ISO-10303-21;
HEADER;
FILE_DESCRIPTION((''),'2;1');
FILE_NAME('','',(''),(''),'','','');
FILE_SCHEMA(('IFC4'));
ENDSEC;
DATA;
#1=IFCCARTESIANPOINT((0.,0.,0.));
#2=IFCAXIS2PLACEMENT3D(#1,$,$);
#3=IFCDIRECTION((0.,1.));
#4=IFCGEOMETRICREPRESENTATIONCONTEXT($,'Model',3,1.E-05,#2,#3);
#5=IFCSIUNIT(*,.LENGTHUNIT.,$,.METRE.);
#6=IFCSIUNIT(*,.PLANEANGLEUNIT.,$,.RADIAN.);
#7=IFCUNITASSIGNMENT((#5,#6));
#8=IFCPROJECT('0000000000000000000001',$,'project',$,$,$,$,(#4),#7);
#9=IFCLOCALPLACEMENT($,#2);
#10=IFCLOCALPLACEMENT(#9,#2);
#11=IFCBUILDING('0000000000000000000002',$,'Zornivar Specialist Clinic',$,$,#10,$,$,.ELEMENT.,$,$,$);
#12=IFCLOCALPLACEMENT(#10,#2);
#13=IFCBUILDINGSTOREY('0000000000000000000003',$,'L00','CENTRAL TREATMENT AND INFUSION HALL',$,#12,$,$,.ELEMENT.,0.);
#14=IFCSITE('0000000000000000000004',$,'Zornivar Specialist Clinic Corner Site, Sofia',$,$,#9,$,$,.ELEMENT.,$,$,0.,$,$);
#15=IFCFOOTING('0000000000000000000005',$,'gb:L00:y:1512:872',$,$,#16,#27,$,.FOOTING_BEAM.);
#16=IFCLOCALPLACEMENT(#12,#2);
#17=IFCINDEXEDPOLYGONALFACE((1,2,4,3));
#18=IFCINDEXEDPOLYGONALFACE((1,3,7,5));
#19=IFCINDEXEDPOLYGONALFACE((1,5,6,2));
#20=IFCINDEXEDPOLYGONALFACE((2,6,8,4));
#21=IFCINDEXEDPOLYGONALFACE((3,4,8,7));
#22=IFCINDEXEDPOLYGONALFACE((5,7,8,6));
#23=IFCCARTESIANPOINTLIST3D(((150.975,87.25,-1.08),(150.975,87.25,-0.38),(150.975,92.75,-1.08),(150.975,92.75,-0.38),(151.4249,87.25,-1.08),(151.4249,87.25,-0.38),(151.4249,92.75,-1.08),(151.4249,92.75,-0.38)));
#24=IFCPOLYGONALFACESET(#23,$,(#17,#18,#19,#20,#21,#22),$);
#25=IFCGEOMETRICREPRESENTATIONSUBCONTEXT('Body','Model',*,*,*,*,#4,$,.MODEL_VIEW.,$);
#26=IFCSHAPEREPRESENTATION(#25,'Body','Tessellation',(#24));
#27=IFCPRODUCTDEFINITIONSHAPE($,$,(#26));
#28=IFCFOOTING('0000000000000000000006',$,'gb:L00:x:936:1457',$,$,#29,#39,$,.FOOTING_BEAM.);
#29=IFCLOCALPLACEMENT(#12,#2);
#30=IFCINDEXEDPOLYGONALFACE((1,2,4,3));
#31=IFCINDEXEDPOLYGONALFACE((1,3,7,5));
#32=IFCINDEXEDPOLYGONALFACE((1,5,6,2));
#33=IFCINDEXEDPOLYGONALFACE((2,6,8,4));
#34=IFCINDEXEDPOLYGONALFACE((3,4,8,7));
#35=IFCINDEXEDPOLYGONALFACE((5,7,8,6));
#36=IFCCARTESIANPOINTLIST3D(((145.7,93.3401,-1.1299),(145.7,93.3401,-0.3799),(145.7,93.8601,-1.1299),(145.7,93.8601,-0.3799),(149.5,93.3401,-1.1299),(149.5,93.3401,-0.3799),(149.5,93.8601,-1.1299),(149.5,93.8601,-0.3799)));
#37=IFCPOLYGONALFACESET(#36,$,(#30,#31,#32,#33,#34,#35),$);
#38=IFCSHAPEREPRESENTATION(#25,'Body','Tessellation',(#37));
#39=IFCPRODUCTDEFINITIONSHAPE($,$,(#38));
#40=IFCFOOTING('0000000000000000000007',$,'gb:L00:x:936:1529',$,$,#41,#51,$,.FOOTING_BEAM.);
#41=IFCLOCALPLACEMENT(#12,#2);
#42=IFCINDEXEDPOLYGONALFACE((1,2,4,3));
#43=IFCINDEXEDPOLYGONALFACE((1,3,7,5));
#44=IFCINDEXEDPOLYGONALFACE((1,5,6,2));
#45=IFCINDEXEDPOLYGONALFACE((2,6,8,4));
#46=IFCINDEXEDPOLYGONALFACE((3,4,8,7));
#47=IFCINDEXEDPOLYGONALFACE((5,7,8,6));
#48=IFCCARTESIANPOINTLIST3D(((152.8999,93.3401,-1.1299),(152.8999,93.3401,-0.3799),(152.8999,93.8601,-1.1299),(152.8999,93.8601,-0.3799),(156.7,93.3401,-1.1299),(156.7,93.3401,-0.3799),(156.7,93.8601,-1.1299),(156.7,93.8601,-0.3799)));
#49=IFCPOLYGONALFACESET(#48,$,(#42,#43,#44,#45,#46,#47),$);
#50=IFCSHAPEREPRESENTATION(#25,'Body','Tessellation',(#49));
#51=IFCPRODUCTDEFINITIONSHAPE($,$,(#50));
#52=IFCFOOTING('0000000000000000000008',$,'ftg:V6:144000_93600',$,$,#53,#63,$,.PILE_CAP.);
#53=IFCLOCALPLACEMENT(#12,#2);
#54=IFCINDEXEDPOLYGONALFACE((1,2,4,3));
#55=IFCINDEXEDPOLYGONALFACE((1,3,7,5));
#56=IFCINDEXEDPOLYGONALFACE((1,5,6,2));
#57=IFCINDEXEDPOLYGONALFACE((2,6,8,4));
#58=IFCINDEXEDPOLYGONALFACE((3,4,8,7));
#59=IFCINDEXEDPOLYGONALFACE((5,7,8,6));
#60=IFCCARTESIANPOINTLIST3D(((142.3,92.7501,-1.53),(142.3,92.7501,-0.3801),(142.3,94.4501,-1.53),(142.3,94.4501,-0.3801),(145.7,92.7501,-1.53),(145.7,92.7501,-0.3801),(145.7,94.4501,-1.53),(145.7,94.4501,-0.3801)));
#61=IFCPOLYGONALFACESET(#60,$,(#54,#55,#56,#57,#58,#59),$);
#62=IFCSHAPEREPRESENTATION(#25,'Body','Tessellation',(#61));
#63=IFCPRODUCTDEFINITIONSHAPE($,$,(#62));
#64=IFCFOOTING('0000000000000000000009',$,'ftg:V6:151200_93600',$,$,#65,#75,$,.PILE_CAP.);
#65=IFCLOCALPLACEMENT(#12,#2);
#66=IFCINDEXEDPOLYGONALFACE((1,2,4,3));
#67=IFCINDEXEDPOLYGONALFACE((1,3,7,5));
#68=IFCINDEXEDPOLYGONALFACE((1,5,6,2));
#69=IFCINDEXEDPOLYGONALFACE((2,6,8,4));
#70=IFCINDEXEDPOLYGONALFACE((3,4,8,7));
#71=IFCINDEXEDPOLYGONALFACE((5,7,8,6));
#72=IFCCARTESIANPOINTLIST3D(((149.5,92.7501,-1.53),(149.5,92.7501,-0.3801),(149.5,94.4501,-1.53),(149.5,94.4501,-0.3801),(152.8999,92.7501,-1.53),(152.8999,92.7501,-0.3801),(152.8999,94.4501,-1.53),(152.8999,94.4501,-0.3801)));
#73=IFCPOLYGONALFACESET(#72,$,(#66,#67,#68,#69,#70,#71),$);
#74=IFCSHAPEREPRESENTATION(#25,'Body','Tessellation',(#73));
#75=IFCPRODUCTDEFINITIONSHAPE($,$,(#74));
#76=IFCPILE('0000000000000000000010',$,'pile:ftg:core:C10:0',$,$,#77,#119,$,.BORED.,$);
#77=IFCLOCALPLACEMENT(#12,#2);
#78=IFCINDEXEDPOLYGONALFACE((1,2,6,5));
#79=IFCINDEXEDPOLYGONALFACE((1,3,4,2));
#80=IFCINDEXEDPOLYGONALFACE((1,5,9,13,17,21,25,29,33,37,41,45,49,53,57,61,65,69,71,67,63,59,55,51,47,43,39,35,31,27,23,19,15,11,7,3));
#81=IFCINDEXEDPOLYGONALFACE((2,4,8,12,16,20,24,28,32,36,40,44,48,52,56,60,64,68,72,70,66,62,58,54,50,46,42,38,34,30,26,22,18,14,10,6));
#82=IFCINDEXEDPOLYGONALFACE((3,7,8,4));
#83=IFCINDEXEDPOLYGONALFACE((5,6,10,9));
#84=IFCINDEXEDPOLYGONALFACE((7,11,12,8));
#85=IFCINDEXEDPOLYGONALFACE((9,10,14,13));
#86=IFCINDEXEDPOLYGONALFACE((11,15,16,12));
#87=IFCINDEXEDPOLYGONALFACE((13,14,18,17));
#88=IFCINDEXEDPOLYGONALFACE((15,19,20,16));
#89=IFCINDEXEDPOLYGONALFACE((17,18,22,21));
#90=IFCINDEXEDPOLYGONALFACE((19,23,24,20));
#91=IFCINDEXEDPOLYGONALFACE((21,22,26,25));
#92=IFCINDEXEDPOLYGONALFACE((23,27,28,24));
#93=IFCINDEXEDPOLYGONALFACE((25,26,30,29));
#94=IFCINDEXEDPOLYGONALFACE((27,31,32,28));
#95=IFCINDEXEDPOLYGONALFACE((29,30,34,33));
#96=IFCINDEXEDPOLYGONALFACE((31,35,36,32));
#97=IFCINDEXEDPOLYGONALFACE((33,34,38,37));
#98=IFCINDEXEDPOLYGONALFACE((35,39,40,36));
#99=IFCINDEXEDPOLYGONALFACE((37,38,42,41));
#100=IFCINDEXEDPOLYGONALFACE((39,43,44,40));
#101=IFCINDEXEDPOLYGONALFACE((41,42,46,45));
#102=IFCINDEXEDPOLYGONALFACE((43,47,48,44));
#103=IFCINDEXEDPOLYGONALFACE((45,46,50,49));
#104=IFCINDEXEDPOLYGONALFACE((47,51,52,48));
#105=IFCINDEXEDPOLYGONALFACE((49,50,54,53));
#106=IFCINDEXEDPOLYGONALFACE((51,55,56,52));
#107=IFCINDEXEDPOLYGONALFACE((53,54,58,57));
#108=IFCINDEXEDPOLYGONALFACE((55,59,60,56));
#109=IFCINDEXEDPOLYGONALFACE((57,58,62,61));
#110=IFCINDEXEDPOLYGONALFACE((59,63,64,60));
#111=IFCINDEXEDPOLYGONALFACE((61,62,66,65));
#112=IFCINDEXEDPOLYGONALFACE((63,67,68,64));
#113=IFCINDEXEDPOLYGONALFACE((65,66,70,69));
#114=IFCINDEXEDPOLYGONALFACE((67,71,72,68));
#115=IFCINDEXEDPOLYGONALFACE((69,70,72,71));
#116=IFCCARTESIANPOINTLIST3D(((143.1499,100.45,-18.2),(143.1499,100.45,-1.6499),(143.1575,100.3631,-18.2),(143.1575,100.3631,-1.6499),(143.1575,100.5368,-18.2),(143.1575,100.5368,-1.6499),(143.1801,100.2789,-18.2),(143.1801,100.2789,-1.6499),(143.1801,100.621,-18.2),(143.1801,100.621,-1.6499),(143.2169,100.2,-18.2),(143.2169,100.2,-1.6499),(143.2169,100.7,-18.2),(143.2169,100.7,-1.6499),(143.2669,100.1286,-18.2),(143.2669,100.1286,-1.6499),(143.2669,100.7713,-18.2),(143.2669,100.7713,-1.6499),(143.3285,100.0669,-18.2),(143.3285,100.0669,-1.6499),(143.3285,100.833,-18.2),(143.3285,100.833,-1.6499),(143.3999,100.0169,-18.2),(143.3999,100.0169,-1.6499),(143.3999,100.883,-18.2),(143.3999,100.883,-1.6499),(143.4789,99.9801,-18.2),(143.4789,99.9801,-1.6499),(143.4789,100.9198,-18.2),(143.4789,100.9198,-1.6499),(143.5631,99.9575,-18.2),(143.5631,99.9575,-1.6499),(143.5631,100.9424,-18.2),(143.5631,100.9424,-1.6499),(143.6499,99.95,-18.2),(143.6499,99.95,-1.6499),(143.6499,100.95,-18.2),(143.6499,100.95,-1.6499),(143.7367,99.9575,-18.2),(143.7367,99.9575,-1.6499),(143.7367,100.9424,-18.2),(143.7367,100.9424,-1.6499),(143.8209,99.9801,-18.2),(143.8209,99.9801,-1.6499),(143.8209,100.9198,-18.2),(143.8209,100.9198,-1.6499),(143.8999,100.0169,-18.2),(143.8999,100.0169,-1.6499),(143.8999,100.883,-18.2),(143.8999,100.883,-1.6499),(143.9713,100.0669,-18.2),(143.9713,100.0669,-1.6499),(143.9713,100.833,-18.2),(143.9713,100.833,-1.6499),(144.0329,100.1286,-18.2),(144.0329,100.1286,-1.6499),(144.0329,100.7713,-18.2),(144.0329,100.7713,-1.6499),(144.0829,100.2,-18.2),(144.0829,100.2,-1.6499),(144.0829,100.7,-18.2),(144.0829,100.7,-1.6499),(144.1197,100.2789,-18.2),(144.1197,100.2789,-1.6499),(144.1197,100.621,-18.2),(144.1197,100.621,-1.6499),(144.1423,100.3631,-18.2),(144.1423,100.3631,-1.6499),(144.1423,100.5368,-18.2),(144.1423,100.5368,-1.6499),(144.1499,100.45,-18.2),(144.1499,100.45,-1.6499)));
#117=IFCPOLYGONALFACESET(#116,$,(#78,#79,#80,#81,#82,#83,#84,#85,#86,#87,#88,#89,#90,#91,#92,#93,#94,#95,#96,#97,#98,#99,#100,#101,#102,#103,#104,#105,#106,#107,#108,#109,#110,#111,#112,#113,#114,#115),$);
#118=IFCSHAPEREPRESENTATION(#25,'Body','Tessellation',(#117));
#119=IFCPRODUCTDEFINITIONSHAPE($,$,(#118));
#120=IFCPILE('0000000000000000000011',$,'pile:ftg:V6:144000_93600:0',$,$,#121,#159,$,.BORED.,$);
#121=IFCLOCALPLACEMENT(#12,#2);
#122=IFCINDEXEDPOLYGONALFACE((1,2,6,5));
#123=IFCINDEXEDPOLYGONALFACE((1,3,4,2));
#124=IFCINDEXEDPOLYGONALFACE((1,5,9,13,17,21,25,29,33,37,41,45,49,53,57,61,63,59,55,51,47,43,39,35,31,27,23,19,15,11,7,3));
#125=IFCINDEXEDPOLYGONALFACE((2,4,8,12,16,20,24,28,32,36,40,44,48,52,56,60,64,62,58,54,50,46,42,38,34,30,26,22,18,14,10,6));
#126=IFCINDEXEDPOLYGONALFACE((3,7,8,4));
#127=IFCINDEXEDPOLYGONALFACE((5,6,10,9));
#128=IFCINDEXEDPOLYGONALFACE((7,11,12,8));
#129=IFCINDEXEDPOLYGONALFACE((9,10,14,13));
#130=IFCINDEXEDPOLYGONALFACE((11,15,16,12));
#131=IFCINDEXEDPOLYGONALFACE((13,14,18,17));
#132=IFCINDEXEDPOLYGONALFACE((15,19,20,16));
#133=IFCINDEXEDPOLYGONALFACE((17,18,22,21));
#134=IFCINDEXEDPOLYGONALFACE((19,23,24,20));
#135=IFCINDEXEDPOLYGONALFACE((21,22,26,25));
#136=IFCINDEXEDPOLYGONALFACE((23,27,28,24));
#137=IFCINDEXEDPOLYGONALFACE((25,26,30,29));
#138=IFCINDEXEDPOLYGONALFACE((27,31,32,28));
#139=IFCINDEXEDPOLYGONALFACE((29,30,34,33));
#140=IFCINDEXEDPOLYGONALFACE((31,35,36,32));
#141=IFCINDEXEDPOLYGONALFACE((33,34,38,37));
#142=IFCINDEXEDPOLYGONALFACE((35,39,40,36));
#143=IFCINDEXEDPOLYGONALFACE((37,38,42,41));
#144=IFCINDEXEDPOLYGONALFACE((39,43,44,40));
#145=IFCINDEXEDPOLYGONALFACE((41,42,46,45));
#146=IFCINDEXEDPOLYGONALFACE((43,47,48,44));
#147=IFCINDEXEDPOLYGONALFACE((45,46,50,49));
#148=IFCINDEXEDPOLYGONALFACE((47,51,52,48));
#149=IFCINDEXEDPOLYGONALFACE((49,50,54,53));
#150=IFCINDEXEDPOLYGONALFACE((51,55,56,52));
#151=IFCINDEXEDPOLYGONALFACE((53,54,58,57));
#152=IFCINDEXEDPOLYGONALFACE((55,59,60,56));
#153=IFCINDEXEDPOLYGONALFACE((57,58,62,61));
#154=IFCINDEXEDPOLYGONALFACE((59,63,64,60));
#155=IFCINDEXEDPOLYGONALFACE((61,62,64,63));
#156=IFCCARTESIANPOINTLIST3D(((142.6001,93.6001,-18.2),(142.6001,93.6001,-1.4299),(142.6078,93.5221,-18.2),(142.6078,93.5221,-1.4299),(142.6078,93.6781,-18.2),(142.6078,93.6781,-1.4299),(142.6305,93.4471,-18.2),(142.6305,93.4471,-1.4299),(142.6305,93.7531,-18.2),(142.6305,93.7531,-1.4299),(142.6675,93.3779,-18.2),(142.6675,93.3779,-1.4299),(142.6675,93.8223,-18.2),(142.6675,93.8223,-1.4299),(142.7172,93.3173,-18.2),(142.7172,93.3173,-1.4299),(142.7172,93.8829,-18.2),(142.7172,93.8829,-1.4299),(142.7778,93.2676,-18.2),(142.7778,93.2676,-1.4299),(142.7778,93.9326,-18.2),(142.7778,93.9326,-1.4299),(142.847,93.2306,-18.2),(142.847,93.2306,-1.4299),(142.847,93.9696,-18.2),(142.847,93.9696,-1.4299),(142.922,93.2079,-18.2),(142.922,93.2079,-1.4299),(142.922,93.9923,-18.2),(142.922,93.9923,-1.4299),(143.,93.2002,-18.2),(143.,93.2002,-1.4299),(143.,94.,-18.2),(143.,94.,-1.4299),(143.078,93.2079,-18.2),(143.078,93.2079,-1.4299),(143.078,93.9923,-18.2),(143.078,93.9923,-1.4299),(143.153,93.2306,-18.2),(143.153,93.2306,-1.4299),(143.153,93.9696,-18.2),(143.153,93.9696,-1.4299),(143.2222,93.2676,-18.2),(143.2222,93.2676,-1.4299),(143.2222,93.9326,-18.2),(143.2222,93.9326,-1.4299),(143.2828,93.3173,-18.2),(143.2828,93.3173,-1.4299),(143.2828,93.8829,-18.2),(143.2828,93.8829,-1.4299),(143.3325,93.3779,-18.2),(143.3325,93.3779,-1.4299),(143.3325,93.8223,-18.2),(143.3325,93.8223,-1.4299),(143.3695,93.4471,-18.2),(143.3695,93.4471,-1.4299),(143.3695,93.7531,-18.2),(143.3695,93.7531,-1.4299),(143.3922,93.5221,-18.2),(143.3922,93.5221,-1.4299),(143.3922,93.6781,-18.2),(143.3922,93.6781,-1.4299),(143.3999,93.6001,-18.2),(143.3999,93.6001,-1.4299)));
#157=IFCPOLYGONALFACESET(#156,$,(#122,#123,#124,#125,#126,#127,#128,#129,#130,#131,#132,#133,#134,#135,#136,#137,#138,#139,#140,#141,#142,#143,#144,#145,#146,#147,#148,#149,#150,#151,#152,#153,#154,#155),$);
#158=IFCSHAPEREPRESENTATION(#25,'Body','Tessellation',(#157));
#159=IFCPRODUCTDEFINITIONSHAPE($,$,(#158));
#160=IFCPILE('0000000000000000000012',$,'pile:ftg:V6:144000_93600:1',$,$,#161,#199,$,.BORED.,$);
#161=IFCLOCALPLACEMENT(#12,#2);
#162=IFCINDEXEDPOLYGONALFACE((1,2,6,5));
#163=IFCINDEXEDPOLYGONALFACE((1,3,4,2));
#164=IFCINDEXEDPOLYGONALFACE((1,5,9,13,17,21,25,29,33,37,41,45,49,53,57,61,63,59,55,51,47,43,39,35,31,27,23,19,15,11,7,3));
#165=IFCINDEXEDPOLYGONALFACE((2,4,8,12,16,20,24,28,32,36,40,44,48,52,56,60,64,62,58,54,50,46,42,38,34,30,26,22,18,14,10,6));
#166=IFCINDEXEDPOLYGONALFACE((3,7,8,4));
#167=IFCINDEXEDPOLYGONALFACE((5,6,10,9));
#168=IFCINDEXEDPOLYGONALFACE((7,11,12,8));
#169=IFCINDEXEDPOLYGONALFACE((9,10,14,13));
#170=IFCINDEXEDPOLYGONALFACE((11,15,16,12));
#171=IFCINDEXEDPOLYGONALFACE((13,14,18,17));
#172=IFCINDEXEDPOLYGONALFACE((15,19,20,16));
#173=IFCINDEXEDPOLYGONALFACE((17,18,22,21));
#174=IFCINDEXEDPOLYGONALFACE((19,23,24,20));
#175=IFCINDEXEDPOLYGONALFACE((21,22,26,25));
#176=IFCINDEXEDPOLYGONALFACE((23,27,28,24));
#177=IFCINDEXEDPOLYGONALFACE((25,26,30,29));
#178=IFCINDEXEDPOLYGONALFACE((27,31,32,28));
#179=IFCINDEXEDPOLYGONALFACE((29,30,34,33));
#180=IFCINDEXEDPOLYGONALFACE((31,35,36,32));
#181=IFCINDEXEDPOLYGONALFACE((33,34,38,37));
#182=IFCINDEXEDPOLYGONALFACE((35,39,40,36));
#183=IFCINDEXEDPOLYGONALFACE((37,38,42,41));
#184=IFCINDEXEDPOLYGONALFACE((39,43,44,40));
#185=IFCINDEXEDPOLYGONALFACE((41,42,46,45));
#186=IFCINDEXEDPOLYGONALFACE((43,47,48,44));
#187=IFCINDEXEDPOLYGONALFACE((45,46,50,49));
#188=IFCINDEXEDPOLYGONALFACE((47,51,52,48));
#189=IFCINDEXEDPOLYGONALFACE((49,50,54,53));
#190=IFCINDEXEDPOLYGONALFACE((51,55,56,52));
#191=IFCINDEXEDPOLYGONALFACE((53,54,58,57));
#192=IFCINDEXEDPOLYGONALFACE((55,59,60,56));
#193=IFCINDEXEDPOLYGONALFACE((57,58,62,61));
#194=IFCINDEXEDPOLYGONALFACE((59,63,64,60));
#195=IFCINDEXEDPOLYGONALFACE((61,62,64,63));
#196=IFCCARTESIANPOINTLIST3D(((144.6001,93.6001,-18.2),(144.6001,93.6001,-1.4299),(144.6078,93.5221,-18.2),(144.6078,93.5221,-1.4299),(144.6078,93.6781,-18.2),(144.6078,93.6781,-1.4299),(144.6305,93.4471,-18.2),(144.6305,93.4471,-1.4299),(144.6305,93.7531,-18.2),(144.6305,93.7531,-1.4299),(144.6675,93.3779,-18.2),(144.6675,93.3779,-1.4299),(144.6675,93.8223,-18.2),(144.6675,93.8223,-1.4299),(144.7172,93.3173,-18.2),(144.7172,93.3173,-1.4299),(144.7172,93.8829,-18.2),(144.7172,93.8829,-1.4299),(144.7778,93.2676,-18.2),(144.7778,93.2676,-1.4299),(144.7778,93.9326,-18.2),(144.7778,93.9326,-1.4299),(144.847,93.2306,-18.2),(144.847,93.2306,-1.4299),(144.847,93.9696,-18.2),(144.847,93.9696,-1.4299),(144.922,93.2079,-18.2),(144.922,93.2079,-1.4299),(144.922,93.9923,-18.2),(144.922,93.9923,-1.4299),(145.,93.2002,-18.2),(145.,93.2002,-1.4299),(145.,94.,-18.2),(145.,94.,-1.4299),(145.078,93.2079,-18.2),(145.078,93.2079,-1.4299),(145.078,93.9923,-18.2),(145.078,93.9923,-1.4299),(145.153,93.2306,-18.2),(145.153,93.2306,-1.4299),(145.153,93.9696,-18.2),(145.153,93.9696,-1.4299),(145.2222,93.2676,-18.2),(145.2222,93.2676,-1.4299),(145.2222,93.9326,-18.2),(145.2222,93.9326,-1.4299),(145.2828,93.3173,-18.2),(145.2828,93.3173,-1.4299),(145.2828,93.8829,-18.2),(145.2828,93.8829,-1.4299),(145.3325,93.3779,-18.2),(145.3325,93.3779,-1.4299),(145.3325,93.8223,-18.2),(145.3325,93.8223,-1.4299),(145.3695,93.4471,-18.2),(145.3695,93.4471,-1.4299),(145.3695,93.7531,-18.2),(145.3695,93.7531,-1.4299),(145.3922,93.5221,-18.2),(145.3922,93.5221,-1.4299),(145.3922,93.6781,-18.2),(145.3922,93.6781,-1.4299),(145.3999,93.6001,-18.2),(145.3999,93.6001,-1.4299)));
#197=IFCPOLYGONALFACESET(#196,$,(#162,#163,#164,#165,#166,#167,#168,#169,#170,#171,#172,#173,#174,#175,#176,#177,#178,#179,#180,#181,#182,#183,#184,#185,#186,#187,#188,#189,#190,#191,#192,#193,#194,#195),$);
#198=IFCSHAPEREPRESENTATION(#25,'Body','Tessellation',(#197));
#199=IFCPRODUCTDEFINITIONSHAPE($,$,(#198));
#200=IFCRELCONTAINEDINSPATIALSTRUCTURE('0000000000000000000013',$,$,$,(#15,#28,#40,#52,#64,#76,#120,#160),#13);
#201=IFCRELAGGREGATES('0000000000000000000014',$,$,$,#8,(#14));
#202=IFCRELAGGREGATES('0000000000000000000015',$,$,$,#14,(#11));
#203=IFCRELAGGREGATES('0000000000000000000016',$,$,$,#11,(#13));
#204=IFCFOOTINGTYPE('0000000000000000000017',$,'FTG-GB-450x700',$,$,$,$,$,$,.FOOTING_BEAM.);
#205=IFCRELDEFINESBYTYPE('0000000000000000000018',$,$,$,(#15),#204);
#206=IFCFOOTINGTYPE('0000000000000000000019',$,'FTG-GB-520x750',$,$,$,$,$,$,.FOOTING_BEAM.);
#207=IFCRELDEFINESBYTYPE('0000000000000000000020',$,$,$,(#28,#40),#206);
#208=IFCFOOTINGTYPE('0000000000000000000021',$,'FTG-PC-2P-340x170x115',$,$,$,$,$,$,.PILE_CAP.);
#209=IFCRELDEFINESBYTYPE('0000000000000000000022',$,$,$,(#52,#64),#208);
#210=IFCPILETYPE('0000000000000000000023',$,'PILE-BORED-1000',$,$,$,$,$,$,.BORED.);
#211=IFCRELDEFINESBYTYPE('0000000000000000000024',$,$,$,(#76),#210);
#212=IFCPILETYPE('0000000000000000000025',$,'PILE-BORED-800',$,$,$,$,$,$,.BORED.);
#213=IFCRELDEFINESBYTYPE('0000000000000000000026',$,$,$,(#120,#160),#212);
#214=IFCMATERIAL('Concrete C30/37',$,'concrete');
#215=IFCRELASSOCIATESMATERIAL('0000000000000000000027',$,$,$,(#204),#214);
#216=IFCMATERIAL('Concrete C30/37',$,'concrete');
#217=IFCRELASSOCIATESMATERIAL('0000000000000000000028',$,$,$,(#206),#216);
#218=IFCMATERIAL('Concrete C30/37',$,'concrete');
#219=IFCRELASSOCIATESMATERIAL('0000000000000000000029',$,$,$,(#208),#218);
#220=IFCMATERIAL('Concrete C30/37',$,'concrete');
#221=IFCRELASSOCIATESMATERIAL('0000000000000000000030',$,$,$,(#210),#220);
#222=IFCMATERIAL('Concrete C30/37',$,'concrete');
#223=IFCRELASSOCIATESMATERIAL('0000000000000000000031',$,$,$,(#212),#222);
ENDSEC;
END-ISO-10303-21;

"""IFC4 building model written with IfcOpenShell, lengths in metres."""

from ifc_helpers import new_model, si_unit, direction, frame, origin, origin_2d, place, context, subcontext, project, spatial, rectangle, circle, extrude, material, material_profile, profile_set, type_object, element, save


model = new_model("IFC4")

# Units and contexts
model_context = context("Model", 3, precision=1e-05, world=origin(), true_north=direction((0.0, 1.0)))
body_context = subcontext(model_context, "Body", "Model", "MODEL_VIEW")
ifc_project = project(units=[si_unit("LENGTHUNIT", "METRE"), si_unit("PLANEANGLEUNIT", "RADIAN")], contexts=[model_context])

# Site, building, storey
site_placement = place(None, origin())
site = spatial("IfcSite", under=ifc_project, at=site_placement, Name="Zornivar Specialist Clinic Corner Site, Sofia", CompositionType="ELEMENT", RefElevation=0.0)
building_placement = place(site_placement, origin())
building = spatial("IfcBuilding", under=site, at=building_placement, Name="Zornivar Specialist Clinic", CompositionType="ELEMENT")
storey_placement = place(building_placement, origin())
storey = spatial("IfcBuildingStorey", under=building, at=storey_placement, Name="L00", Description="CENTRAL TREATMENT AND INFUSION HALL", CompositionType="ELEMENT", Elevation=0.0)

# Footings
ifc_material_1 = material(Name="Concrete C30/37", Category="concrete")
ifc_material_profile_1 = material_profile(ifc_material_1, rectangle(XDim=0.45, YDim=0.7, at=origin_2d()), Name="RC 450x700")
ifc_profile_set_1 = profile_set([ifc_material_profile_1], Name="Concrete C30/37")
footing_type_1 = type_object("IfcFootingType", Name="FTG-GB-450x700", PredefinedType="FOOTING_BEAM", material=ifc_profile_set_1)
footing_placement = place(storey_placement, frame((151.2, 87.25, -0.73), z_axis=(0.0, 1.0, 0.0), x_axis=(-1.0, 0.0, 0.0)))
element("IfcFooting", 1, at=footing_placement, inside=storey, type_object=footing_type_1, Name="gb:L00:y:1512:872", PredefinedType="FOOTING_BEAM", context=body_context, shape_type="SweptSolid", body=[
    extrude(rectangle(XDim=0.45, YDim=0.7, at=origin_2d()), origin(), (0.0, 0.0, 1.0), 5.5),
])
ifc_material_2 = material(Name="Concrete C30/37", Category="concrete")
ifc_material_profile_2 = material_profile(ifc_material_2, rectangle(XDim=0.52, YDim=0.75, at=origin_2d()), Name="RC 520x750")
ifc_profile_set_2 = profile_set([ifc_material_profile_2], Name="Concrete C30/37")
footing_type_2 = type_object("IfcFootingType", Name="FTG-GB-520x750", PredefinedType="FOOTING_BEAM", material=ifc_profile_set_2)
for number, where, z_axis, x_axis, name in (
    (2, (145.7, 93.6001, -0.7549), (1.0, 0.0, 0.0), (0.0, 1.0, 0.0), "gb:L00:x:936:1457"),
    (3, (152.8999, 93.6001, -0.7549), (1.0, 0.0, 0.0), (0.0, 1.0, 0.0), "gb:L00:x:936:1529"),
):
    element("IfcFooting", number, at=place(storey_placement, frame(where, z_axis=z_axis, x_axis=x_axis)), inside=storey, type_object=footing_type_2, Name=name, PredefinedType="FOOTING_BEAM", context=body_context, shape_type="SweptSolid", body=[
        extrude(rectangle(XDim=0.52, YDim=0.75, at=origin_2d()), origin(), (0.0, 0.0, 1.0), 3.8),
    ])
ifc_material_3 = material(Name="Concrete C30/37", Category="concrete")
footing_type_3 = type_object("IfcFootingType", Name="FTG-PC-2P-340x170x115", PredefinedType="PILE_CAP", material=ifc_material_3)
for number, where, z_axis, x_axis, name in (
    (4, (144.0, 93.6001, -1.53), (0.0, 0.0, 1.0), (1.0, 0.0, 0.0), "ftg:V6:144000_93600"),
    (5, (151.2, 93.6001, -1.53), (0.0, 0.0, 1.0), (1.0, 0.0, 0.0), "ftg:V6:151200_93600"),
):
    element("IfcFooting", number, at=place(storey_placement, frame(where, z_axis=z_axis, x_axis=x_axis)), inside=storey, type_object=footing_type_3, Name=name, PredefinedType="PILE_CAP", context=body_context, shape_type="SweptSolid", body=[
        extrude(rectangle(XDim=3.3999, YDim=1.7, at=origin_2d()), origin(), (0.0, 0.0, 1.0), 1.1499),
    ])

# Piles
ifc_material_4 = material(Name="Concrete C30/37", Category="concrete")
ifc_material_profile_3 = material_profile(ifc_material_4, circle(Radius=0.5, at=origin_2d()), Name="PILE D1000")
ifc_profile_set_3 = profile_set([ifc_material_profile_3], Name="Concrete C30/37")
pile_type_1 = type_object("IfcPileType", Name="PILE-BORED-1000", PredefinedType="BORED", material=ifc_profile_set_3)
pile_placement = place(storey_placement, frame((143.6499, 100.45, -1.6499), z_axis=(0.0, 0.0, -1.0), x_axis=(1.0, 0.0, 0.0)))
element("IfcPile", 6, at=pile_placement, inside=storey, type_object=pile_type_1, Name="pile:ftg:core:C10:0", PredefinedType="BORED", context=body_context, shape_type="SweptSolid", body=[
    extrude(circle(Radius=0.5, at=origin_2d()), origin(), (0.0, 0.0, 1.0), 16.55),
])
ifc_material_5 = material(Name="Concrete C30/37", Category="concrete")
ifc_material_profile_4 = material_profile(ifc_material_5, circle(Radius=0.3999, at=origin_2d()), Name="PILE D800")
ifc_profile_set_4 = profile_set([ifc_material_profile_4], Name="Concrete C30/37")
pile_type_2 = type_object("IfcPileType", Name="PILE-BORED-800", PredefinedType="BORED", material=ifc_profile_set_4)
for number, where, z_axis, x_axis, name in (
    (7, (143.0, 93.6001, -1.4299), (0.0, 0.0, -1.0), (1.0, 0.0, 0.0), "pile:ftg:V6:144000_93600:0"),
    (8, (145.0, 93.6001, -1.4299), (0.0, 0.0, -1.0), (1.0, 0.0, 0.0), "pile:ftg:V6:144000_93600:1"),
):
    element("IfcPile", number, at=place(storey_placement, frame(where, z_axis=z_axis, x_axis=x_axis)), inside=storey, type_object=pile_type_2, Name=name, PredefinedType="BORED", context=body_context, shape_type="SweptSolid", body=[
        extrude(circle(Radius=0.3999, at=origin_2d()), origin(), (0.0, 0.0, 1.0), 16.77),
    ])

save(model, "model.ifc")
